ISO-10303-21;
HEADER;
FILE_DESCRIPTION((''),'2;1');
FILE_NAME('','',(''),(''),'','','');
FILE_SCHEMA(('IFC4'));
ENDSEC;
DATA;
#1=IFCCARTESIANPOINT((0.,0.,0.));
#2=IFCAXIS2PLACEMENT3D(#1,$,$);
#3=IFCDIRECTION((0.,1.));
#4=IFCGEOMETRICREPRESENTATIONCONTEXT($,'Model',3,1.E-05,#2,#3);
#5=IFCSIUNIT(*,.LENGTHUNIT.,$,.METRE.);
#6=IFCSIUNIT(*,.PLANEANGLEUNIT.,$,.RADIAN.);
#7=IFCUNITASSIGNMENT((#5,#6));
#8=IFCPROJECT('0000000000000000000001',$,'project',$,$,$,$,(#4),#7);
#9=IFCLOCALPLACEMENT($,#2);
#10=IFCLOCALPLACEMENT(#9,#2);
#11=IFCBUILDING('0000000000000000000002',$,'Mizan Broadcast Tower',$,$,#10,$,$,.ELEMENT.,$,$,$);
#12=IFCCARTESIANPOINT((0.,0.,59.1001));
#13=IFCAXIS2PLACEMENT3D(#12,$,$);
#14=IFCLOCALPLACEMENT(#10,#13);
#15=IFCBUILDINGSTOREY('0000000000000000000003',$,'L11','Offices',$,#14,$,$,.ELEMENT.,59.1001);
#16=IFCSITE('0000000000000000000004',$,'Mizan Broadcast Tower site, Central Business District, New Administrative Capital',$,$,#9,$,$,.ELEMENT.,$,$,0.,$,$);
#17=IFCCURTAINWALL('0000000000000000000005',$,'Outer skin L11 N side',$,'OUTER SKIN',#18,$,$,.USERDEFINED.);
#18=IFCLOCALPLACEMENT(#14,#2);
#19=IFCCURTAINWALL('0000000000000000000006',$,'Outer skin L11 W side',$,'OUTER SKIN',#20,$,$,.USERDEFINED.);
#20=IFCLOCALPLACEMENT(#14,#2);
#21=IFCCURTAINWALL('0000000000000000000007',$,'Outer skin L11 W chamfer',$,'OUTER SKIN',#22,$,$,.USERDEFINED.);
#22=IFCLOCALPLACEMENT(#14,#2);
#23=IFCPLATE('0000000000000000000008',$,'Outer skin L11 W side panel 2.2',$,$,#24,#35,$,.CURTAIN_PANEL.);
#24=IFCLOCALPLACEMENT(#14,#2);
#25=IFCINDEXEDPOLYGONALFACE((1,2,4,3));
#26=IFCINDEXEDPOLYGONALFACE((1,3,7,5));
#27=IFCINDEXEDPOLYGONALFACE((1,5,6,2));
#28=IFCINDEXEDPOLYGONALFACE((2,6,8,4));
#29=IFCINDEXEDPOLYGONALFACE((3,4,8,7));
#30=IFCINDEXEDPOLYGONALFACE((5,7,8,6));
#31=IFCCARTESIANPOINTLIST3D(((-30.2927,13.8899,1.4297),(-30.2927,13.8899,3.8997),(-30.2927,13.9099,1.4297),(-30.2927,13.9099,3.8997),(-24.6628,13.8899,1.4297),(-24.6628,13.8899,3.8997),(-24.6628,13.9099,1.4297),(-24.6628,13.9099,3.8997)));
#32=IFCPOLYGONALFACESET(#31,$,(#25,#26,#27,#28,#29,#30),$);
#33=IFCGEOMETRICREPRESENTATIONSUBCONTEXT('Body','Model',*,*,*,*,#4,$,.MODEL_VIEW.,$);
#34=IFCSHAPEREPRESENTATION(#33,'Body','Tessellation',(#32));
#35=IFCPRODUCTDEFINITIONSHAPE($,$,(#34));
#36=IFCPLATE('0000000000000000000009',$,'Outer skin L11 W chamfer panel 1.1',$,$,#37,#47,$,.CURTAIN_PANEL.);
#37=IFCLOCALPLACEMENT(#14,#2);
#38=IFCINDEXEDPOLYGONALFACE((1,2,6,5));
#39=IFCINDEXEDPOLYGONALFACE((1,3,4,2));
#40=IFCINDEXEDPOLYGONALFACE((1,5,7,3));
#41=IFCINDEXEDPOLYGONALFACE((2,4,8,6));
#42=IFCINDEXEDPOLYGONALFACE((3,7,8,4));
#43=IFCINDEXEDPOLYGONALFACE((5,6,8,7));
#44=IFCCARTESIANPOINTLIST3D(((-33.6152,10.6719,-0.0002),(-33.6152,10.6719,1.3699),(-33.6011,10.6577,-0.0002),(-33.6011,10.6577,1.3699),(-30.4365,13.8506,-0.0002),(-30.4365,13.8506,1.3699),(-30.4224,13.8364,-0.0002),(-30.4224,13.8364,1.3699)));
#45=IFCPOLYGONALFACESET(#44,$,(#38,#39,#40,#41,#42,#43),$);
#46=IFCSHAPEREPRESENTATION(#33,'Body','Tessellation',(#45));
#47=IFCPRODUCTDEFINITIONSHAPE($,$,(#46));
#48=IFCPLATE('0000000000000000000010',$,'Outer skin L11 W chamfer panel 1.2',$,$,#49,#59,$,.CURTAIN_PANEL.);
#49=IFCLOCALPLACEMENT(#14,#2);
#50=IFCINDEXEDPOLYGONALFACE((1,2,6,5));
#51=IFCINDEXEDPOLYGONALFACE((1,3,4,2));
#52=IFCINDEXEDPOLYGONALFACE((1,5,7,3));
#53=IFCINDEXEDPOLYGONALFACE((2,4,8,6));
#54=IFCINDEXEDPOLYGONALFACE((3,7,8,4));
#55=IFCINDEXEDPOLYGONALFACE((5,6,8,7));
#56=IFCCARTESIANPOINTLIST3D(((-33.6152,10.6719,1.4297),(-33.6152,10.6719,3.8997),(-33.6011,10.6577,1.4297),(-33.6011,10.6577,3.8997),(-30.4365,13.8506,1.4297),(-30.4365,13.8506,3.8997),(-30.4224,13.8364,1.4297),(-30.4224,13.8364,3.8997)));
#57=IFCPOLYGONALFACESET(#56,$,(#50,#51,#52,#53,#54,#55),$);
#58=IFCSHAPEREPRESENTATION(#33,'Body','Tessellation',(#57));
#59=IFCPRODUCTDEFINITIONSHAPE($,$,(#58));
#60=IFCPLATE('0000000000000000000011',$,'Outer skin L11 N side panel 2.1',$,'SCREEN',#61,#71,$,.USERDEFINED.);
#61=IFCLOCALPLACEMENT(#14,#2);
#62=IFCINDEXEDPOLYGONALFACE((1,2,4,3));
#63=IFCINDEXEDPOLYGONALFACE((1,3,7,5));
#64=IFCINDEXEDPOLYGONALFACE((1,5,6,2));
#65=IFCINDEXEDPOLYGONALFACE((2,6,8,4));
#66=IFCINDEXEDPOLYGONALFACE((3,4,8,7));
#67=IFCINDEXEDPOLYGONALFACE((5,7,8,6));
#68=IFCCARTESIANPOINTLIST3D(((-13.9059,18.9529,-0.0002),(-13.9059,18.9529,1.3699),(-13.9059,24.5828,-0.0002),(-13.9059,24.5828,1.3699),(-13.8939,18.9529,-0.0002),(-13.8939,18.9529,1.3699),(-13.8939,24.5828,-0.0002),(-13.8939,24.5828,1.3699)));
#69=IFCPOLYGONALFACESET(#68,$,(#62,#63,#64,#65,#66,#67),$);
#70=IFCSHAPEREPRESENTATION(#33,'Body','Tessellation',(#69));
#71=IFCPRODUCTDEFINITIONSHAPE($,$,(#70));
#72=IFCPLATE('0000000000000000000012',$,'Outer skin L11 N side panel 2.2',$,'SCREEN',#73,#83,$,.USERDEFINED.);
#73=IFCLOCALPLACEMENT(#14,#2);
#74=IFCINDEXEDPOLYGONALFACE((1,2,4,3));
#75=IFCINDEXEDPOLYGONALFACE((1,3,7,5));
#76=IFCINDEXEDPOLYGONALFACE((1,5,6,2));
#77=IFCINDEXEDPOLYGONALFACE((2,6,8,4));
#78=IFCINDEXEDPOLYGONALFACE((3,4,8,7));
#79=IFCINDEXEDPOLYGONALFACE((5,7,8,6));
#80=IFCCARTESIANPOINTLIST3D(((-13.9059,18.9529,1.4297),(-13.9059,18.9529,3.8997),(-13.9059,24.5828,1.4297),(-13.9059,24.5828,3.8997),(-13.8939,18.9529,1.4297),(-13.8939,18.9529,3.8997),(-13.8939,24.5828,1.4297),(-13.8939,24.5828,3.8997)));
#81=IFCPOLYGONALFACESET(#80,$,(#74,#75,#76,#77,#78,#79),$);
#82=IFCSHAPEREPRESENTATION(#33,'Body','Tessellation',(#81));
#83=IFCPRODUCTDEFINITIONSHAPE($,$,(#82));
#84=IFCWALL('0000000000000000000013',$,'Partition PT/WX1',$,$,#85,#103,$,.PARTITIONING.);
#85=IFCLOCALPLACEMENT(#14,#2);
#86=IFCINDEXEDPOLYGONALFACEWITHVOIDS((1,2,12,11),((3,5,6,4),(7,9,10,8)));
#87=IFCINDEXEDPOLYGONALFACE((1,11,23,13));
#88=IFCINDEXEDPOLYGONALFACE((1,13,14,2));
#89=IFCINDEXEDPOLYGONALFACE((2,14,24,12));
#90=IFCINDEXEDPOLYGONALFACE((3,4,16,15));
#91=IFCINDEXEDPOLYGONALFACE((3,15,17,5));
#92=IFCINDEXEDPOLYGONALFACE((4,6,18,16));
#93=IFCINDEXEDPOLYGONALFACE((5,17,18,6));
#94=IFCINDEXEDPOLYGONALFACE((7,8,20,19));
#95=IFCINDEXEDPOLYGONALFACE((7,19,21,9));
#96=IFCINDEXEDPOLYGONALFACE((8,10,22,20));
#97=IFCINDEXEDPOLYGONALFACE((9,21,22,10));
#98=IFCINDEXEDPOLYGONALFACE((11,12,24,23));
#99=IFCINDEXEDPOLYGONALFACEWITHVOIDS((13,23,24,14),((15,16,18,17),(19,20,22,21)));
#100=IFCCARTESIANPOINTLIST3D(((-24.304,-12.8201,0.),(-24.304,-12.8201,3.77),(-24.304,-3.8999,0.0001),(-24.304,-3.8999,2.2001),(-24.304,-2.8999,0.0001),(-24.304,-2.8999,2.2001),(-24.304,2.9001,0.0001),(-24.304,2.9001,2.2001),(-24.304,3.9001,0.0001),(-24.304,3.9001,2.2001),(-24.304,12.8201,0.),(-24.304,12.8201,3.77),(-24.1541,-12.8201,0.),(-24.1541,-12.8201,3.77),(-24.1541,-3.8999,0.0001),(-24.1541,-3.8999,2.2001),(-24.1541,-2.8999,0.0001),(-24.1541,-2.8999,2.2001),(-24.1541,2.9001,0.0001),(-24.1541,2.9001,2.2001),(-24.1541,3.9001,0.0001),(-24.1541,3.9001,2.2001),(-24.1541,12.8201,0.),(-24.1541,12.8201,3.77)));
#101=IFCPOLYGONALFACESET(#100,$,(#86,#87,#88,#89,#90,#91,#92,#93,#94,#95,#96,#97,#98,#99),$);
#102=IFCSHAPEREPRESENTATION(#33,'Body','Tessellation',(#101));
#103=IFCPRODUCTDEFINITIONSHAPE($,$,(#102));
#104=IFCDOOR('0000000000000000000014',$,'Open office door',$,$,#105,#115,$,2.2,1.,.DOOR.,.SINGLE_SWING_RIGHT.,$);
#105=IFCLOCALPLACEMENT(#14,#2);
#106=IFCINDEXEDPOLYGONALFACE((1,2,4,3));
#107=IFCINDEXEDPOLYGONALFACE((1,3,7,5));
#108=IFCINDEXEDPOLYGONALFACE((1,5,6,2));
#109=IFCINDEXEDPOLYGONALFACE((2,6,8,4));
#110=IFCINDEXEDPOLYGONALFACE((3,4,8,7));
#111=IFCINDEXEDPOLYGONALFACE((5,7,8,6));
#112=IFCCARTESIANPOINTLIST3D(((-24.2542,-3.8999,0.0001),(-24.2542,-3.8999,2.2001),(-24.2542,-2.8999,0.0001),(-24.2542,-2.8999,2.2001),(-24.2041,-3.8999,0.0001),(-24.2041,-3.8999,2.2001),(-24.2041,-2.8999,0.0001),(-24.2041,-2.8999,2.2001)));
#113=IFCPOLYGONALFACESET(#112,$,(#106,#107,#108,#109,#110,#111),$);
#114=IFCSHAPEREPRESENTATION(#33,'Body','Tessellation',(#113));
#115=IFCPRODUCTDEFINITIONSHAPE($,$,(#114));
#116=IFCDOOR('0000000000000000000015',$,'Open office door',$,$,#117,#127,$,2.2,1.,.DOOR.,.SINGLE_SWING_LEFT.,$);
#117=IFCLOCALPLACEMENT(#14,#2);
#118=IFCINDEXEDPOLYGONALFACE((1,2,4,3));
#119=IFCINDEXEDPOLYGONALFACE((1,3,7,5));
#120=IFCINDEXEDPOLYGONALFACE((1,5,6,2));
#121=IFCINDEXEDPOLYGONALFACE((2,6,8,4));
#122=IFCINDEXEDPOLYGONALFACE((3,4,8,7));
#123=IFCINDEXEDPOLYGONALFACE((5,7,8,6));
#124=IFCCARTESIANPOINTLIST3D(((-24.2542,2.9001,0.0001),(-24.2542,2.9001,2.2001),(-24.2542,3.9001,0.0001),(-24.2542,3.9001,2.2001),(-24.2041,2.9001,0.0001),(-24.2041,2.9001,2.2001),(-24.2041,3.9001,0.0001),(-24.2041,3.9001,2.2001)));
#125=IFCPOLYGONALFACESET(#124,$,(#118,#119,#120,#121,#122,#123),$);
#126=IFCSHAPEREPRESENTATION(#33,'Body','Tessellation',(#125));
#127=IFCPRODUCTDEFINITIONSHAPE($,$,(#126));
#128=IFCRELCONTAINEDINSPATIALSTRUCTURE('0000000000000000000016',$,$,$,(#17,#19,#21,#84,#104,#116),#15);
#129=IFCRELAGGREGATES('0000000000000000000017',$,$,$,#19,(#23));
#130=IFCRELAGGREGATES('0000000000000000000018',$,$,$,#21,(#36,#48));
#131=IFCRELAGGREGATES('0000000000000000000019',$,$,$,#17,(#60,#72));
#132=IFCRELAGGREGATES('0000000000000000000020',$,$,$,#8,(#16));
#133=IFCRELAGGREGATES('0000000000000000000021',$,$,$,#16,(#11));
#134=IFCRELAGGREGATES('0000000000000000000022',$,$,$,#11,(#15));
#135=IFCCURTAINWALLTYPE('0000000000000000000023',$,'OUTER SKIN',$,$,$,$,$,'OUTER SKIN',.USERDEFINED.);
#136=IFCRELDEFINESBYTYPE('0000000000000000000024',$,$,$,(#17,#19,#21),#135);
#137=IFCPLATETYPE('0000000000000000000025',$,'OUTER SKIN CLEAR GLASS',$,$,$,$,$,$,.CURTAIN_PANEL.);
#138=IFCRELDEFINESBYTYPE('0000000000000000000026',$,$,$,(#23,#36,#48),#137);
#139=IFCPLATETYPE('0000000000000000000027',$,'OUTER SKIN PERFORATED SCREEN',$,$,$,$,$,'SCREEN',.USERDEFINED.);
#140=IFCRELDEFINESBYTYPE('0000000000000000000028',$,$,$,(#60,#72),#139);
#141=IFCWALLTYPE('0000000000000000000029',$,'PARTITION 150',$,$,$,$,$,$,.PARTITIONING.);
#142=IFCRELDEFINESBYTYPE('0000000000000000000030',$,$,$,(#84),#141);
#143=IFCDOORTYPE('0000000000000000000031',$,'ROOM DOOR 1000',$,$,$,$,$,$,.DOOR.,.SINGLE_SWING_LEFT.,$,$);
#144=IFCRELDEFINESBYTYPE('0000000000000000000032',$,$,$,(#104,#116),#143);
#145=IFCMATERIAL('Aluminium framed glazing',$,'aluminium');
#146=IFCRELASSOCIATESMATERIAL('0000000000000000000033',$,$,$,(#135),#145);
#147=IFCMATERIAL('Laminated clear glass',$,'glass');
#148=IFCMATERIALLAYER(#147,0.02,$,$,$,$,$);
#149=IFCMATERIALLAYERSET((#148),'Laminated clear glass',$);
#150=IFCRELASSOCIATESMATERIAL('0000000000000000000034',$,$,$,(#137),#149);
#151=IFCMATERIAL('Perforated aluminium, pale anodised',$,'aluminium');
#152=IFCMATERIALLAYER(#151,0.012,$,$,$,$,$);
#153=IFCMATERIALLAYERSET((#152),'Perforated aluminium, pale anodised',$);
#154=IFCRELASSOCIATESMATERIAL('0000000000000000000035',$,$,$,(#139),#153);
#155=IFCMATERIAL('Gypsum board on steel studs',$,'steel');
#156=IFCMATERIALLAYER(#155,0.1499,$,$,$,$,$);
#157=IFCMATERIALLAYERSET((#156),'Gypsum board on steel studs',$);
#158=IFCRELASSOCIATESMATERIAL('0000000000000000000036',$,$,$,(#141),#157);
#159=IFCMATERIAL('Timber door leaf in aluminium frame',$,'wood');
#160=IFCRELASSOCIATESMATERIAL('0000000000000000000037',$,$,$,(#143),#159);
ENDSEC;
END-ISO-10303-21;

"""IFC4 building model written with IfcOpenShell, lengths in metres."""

from ifc_helpers import new_model, si_unit, direction, frame, frame_2d, origin, origin_2d, place, context, subcontext, project, spatial, rectangle, extrude, material, layer, layer_set, type_object, element, fill, aggregate, save


model = new_model("IFC4")

# Units and contexts
model_context = context("Model", 3, precision=1e-05, world=origin(), true_north=direction((0.0, 1.0)))
body_context = subcontext(model_context, "Body", "Model", "MODEL_VIEW")
ifc_project = project(units=[si_unit("LENGTHUNIT", "METRE"), si_unit("PLANEANGLEUNIT", "RADIAN")], contexts=[model_context])

# Site, building, storey
site_placement = place(None, origin())
site = spatial("IfcSite", under=ifc_project, at=site_placement, Name="Mizan Broadcast Tower site, Central Business District, New Administrative Capital", CompositionType="ELEMENT", RefElevation=0.0)
building_placement = place(site_placement, origin())
building = spatial("IfcBuilding", under=site, at=building_placement, Name="Mizan Broadcast Tower", CompositionType="ELEMENT")
storey_placement = place(building_placement, frame((0.0, 0.0, 59.1001)))
storey = spatial("IfcBuildingStorey", under=building, at=storey_placement, Name="L11", Description="Offices", CompositionType="ELEMENT", Elevation=59.1001)

# Shared definitions
ifc_material_1 = material(Name="Aluminium framed glazing", Category="aluminium")
curtain_wall_type_1 = type_object("IfcCurtainWallType", Name="OUTER SKIN", ElementType="OUTER SKIN", PredefinedType="USERDEFINED", material=ifc_material_1)

# Curtain wall
curtain_wall_1_placement = place(storey_placement, origin())
curtain_wall_1 = element("IfcCurtainWall", 1, at=curtain_wall_1_placement, inside=storey, type_object=curtain_wall_type_1, Name="Outer skin L11 N side", ObjectType="OUTER SKIN", PredefinedType="USERDEFINED")

# Curtain wall
curtain_wall_2_placement = place(storey_placement, origin())
curtain_wall_2 = element("IfcCurtainWall", 2, at=curtain_wall_2_placement, inside=storey, type_object=curtain_wall_type_1, Name="Outer skin L11 W side", ObjectType="OUTER SKIN", PredefinedType="USERDEFINED")

# Curtain wall
curtain_wall_3_placement = place(storey_placement, origin())
curtain_wall_3 = element("IfcCurtainWall", 3, at=curtain_wall_3_placement, inside=storey, type_object=curtain_wall_type_1, Name="Outer skin L11 W chamfer", ObjectType="OUTER SKIN", PredefinedType="USERDEFINED")

# Plates
ifc_material_2 = material(Name="Laminated clear glass", Category="glass")
ifc_layer_1 = layer(ifc_material_2, 0.02)
ifc_layer_set_1 = layer_set([ifc_layer_1], Name="Laminated clear glass")
plate_type_1 = type_object("IfcPlateType", Name="OUTER SKIN CLEAR GLASS", PredefinedType="CURTAIN_PANEL", material=ifc_layer_set_1)
plate_1_placement = place(storey_placement, frame((-27.4778, 13.8999, 1.4297), z_axis=(0.0, 0.0, 1.0), x_axis=(-1.0, 0.0, 0.0)))
plate_1 = element("IfcPlate", 4, at=plate_1_placement, type_object=plate_type_1, Name="Outer skin L11 W side panel 2.2", PredefinedType="CURTAIN_PANEL", context=body_context, shape_type="SweptSolid", body=[
    extrude(rectangle(XDim=5.6299, YDim=0.02, at=origin_2d()), origin(), (0.0, 0.0, 1.0), 2.47),
])
aggregate(curtain_wall_2, [plate_1])
plate_2_placement = place(storey_placement, frame((-32.0188, 12.2542, -0.0002), z_axis=(0.0, 0.0, 1.0), x_axis=(-0.707107, -0.707107, 0.0)))
plate_2 = element("IfcPlate", 5, at=plate_2_placement, type_object=plate_type_1, Name="Outer skin L11 W chamfer panel 1.1", PredefinedType="CURTAIN_PANEL", context=body_context, shape_type="SweptSolid", body=[
    extrude(rectangle(XDim=4.4954, YDim=0.02, at=origin_2d()), origin(), (0.0, 0.0, 1.0), 1.3701),
])
plate_3_placement = place(storey_placement, frame((-32.0188, 12.2542, 1.4297), z_axis=(0.0, 0.0, 1.0), x_axis=(-0.707107, -0.707107, 0.0)))
plate_3 = element("IfcPlate", 6, at=plate_3_placement, type_object=plate_type_1, Name="Outer skin L11 W chamfer panel 1.2", PredefinedType="CURTAIN_PANEL", context=body_context, shape_type="SweptSolid", body=[
    extrude(rectangle(XDim=4.4954, YDim=0.02, at=origin_2d()), origin(), (0.0, 0.0, 1.0), 2.47),
])
aggregate(curtain_wall_3, [plate_2, plate_3])
ifc_material_3 = material(Name="Perforated aluminium, pale anodised", Category="aluminium")
ifc_layer_2 = layer(ifc_material_3, 0.012)
ifc_layer_set_2 = layer_set([ifc_layer_2], Name="Perforated aluminium, pale anodised")
plate_type_2 = type_object("IfcPlateType", Name="OUTER SKIN PERFORATED SCREEN", ElementType="SCREEN", PredefinedType="USERDEFINED", material=ifc_layer_set_2)
plate_4_placement = place(storey_placement, frame((-13.8999, 21.7678, -0.0002), z_axis=(0.0, 0.0, 1.0), x_axis=(0.0, -1.0, 0.0)))
plate_4 = element("IfcPlate", 7, at=plate_4_placement, type_object=plate_type_2, Name="Outer skin L11 N side panel 2.1", ObjectType="SCREEN", PredefinedType="USERDEFINED", context=body_context, shape_type="SweptSolid", body=[
    extrude(rectangle(XDim=5.6299, YDim=0.012, at=origin_2d()), origin(), (0.0, 0.0, 1.0), 1.3701),
])
plate_5_placement = place(storey_placement, frame((-13.8999, 21.7678, 1.4297), z_axis=(0.0, 0.0, 1.0), x_axis=(0.0, -1.0, 0.0)))
plate_5 = element("IfcPlate", 8, at=plate_5_placement, type_object=plate_type_2, Name="Outer skin L11 N side panel 2.2", ObjectType="SCREEN", PredefinedType="USERDEFINED", context=body_context, shape_type="SweptSolid", body=[
    extrude(rectangle(XDim=5.6299, YDim=0.012, at=origin_2d()), origin(), (0.0, 0.0, 1.0), 2.47),
])
aggregate(curtain_wall_1, [plate_4, plate_5])

# Wall, openings, doors
ifc_material_4 = material(Name="Gypsum board on steel studs", Category="steel")
ifc_layer_3 = layer(ifc_material_4, 0.1499)
ifc_layer_set_3 = layer_set([ifc_layer_3], Name="Gypsum board on steel studs")
wall_type = type_object("IfcWallType", Name="PARTITION 150", PredefinedType="PARTITIONING", material=ifc_layer_set_3)
wall_placement = place(storey_placement, frame((-24.229, 12.8201, 0.0), z_axis=(0.0, 0.0, 1.0), x_axis=(0.0, -1.0, 0.0)))
wall = element("IfcWall", 9, at=wall_placement, inside=storey, type_object=wall_type, Name="Partition PT/WX1", PredefinedType="PARTITIONING", context=body_context, shape_type="SweptSolid", body=[
    extrude(rectangle(XDim=25.6401, YDim=0.1499, at=frame_2d((12.8201, 0.0))), origin(), (0.0, 0.0, 1.0), 3.77),
])
opening_1_placement = place(wall_placement, frame((15.72, 0.0, 0.0)))
opening_1 = element("IfcOpeningElement", 10, at=opening_1_placement, cuts=wall, PredefinedType="OPENING", context=body_context, shape_type="SweptSolid", body=[
    extrude(rectangle(XDim=1.0, YDim=2.2, at=frame_2d((0.5, 1.1001))), frame((0.0, 0.085, 0.0), z_axis=(0.0, -1.0, 0.0), x_axis=(1.0, 0.0, 0.0)), (0.0, 0.0, 1.0), 0.1699),
])
opening_2_placement = place(wall_placement, frame((8.9199, 0.0, 0.0)))
opening_2 = element("IfcOpeningElement", 11, at=opening_2_placement, cuts=wall, PredefinedType="OPENING", context=body_context, shape_type="SweptSolid", body=[
    extrude(rectangle(XDim=1.0, YDim=2.2, at=frame_2d((0.5, 1.1001))), frame((0.0, 0.085, 0.0), z_axis=(0.0, -1.0, 0.0), x_axis=(1.0, 0.0, 0.0)), (0.0, 0.0, 1.0), 0.1699),
])
ifc_material_5 = material(Name="Timber door leaf in aluminium frame", Category="wood")
door_type = type_object("IfcDoorType", Name="ROOM DOOR 1000", OperationType="SINGLE_SWING_LEFT", PredefinedType="DOOR", material=ifc_material_5)
door_1_placement = place(opening_1_placement, origin())
door_1 = element("IfcDoor", 12, at=door_1_placement, inside=storey, type_object=door_type, Name="Open office door", OperationType="SINGLE_SWING_RIGHT", OverallHeight=2.2, OverallWidth=1.0, PredefinedType="DOOR", context=body_context, shape_type="SweptSolid", body=[
    extrude(rectangle(XDim=1.0, YDim=2.2, at=frame_2d((0.5, 1.1001))), frame((0.0, 0.0249, 0.0), z_axis=(0.0, -1.0, 0.0), x_axis=(1.0, 0.0, 0.0)), (0.0, 0.0, 1.0), 0.05),
])
fill(opening_1, door_1)
door_2_placement = place(opening_2_placement, origin())
door_2 = element("IfcDoor", 13, at=door_2_placement, inside=storey, type_object=door_type, Name="Open office door", OperationType="SINGLE_SWING_LEFT", OverallHeight=2.2, OverallWidth=1.0, PredefinedType="DOOR", context=body_context, shape_type="SweptSolid", body=[
    extrude(rectangle(XDim=1.0, YDim=2.2, at=frame_2d((0.5, 1.1001))), frame((0.0, 0.0249, 0.0), z_axis=(0.0, -1.0, 0.0), x_axis=(1.0, 0.0, 0.0)), (0.0, 0.0, 1.0), 0.05),
])
fill(opening_2, door_2)

save(model, "model.ifc")
